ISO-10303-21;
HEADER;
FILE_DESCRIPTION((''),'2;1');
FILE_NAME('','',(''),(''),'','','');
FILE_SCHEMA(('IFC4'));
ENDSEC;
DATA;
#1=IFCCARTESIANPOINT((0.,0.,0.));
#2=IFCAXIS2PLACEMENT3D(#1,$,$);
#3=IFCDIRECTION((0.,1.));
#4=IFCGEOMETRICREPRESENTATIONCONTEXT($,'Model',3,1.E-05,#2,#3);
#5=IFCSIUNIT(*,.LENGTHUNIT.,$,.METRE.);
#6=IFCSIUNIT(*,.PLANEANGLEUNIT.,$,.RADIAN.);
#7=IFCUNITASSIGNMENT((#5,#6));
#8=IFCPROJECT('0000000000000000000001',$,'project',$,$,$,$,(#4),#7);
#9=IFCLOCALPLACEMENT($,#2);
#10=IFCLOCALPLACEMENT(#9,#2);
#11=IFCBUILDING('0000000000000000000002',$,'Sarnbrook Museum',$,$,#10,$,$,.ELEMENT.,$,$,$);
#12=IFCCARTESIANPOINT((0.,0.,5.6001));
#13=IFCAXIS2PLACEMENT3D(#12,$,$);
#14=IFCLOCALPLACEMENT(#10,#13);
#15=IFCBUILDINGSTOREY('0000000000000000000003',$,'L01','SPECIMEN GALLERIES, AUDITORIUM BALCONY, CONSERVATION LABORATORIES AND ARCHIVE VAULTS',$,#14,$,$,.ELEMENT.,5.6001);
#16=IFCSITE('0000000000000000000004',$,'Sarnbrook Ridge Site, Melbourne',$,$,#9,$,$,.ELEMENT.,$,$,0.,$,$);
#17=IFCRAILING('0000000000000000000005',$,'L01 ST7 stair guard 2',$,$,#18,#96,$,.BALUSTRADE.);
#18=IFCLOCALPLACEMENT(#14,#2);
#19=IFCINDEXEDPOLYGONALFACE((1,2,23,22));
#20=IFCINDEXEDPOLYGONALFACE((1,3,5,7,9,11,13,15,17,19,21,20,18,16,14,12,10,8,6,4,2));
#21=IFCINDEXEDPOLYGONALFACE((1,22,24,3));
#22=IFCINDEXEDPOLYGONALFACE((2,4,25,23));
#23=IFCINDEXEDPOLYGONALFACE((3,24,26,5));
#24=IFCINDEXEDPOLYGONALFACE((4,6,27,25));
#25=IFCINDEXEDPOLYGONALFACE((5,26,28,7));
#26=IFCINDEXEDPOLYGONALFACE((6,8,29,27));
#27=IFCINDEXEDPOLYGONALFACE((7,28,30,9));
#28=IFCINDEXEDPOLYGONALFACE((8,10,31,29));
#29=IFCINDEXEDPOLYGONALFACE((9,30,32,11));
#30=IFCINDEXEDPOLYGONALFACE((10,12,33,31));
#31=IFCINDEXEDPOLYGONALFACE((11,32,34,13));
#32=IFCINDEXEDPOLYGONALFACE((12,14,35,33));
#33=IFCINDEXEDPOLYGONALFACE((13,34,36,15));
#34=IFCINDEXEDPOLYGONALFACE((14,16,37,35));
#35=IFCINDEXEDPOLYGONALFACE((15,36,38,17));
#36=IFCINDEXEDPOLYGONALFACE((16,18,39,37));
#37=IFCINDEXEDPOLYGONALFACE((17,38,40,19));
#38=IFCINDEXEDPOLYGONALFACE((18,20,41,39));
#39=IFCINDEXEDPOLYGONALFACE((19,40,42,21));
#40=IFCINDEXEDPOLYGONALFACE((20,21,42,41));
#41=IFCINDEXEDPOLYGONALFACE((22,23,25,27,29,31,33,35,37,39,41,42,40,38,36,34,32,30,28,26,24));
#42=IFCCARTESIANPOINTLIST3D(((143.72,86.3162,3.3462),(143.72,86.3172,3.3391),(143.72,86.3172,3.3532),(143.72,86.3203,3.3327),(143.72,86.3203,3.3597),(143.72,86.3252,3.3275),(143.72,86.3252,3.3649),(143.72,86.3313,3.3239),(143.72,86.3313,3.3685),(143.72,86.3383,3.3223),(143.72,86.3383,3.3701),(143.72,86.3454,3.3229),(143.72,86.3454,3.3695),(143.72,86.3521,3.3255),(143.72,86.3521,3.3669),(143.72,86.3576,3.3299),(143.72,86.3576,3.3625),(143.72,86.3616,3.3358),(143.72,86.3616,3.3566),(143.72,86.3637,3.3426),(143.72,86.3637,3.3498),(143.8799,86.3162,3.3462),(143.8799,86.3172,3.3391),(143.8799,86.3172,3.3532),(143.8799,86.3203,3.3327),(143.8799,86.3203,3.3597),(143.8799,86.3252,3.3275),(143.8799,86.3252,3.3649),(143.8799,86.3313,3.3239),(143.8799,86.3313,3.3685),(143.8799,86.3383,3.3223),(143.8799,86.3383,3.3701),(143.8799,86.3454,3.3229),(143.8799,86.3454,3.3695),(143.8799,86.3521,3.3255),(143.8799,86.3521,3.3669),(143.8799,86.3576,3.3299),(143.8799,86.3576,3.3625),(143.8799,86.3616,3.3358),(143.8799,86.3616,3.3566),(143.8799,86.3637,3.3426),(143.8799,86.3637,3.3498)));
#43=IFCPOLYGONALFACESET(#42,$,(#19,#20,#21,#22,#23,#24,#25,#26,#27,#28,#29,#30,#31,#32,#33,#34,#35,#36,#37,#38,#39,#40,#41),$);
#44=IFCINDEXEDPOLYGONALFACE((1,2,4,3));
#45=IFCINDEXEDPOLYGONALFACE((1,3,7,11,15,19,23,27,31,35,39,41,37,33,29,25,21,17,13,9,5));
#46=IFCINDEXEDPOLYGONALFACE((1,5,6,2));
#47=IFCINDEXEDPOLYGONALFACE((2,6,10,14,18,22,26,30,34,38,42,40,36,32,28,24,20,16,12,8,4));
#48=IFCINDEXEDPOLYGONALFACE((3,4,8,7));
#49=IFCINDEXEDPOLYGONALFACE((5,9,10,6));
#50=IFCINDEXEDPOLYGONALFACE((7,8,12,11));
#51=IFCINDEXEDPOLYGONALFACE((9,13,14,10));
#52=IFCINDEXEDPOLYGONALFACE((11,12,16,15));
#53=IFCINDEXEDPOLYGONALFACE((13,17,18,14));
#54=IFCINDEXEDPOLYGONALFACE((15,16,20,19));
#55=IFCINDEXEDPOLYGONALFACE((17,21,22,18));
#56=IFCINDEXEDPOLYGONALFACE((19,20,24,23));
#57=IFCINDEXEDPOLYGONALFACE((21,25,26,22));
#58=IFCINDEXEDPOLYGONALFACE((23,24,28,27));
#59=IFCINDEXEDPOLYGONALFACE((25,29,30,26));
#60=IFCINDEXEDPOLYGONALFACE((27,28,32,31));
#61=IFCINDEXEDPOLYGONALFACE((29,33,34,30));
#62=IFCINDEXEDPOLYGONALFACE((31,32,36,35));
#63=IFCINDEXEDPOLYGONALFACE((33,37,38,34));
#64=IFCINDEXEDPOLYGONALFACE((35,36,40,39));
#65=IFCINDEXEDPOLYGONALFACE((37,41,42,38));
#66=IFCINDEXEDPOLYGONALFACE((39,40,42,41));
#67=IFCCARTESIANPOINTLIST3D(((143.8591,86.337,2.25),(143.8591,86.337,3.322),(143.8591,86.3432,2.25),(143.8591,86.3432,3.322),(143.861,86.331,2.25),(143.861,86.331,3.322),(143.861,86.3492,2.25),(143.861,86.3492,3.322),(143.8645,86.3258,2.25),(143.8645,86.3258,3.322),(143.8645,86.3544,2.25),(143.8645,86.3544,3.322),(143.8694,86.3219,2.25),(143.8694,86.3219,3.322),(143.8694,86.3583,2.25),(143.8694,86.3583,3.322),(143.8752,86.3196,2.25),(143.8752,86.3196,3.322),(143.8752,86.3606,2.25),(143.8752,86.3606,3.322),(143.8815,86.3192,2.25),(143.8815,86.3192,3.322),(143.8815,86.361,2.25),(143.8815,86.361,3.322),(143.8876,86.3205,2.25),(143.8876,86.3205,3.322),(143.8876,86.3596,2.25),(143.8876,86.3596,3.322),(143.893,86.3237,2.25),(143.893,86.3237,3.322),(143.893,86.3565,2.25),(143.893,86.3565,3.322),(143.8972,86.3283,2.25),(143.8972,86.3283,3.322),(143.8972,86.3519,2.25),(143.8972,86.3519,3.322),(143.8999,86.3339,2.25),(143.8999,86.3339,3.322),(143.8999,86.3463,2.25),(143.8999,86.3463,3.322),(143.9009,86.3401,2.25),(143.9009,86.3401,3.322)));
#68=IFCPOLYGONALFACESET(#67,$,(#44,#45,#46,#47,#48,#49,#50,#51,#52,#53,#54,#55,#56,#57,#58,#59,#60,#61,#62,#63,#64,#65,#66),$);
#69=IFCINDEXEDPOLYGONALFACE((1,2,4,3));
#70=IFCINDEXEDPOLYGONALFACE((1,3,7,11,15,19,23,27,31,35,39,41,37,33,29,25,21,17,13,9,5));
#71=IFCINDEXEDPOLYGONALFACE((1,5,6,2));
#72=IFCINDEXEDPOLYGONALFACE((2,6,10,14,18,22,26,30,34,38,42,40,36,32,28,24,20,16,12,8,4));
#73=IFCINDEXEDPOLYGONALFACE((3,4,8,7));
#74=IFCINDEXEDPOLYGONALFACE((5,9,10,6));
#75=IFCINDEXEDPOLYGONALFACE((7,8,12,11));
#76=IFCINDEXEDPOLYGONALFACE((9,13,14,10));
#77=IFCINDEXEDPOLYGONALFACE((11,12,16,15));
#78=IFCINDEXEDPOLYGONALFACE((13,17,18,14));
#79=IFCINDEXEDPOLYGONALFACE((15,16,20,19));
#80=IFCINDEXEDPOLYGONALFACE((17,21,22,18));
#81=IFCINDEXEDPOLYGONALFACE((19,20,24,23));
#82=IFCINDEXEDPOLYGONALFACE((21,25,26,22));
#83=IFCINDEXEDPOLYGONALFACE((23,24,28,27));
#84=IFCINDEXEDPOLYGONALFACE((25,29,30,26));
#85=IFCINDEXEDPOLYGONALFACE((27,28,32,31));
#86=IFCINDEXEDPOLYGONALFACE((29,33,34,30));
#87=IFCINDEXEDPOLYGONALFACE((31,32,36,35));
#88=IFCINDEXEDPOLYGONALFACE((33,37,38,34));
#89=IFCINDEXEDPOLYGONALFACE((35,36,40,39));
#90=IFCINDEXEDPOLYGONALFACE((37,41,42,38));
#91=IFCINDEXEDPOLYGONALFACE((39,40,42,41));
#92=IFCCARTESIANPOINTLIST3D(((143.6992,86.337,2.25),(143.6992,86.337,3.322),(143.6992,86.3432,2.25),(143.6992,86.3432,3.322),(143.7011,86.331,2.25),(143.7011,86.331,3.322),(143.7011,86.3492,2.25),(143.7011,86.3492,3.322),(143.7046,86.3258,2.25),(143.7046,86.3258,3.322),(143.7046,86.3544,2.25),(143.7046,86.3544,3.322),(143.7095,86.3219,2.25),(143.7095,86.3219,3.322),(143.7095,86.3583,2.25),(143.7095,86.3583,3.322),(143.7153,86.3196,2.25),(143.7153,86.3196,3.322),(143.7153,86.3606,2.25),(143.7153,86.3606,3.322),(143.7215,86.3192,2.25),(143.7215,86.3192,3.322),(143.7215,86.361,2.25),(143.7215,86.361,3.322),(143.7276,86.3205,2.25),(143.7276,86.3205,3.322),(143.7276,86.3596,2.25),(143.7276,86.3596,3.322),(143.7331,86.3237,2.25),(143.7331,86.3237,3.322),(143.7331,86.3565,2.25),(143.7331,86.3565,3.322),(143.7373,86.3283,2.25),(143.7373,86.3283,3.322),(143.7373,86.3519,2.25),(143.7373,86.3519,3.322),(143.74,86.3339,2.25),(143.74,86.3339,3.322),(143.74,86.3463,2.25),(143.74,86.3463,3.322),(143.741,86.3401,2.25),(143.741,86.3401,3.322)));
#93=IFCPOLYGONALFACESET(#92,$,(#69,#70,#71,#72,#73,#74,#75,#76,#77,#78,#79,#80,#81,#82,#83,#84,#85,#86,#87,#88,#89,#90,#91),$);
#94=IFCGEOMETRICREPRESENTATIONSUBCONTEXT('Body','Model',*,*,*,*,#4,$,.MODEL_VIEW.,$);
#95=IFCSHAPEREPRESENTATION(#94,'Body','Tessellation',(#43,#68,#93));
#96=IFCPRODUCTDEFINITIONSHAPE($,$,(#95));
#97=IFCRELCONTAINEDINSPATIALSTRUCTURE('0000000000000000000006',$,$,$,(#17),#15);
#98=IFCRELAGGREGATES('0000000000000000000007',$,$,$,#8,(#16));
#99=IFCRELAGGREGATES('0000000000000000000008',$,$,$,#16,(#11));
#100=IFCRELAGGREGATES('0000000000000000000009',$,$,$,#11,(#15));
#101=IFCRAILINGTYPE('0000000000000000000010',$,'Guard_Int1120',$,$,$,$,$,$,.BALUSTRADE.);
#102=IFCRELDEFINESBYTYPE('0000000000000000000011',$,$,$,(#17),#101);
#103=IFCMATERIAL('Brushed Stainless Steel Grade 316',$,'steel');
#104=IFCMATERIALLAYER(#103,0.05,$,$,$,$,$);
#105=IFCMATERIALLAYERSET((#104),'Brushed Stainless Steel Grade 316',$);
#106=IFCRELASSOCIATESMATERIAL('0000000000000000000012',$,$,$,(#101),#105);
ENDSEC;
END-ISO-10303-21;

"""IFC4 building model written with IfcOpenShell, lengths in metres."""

from ifc_helpers import new_model, si_unit, direction, frame, origin, origin_2d, place, context, subcontext, project, spatial, circle, extrude, material, layer, layer_set, type_object, element, save


model = new_model("IFC4")

# Units and contexts
model_context = context("Model", 3, precision=1e-05, world=origin(), true_north=direction((0.0, 1.0)))
body_context = subcontext(model_context, "Body", "Model", "MODEL_VIEW")
ifc_project = project(units=[si_unit("LENGTHUNIT", "METRE"), si_unit("PLANEANGLEUNIT", "RADIAN")], contexts=[model_context])

# Site, building, storey
site_placement = place(None, origin())
site = spatial("IfcSite", under=ifc_project, at=site_placement, Name="Sarnbrook Ridge Site, Melbourne", CompositionType="ELEMENT", RefElevation=0.0)
building_placement = place(site_placement, origin())
building = spatial("IfcBuilding", under=site, at=building_placement, Name="Sarnbrook Museum", CompositionType="ELEMENT")
storey_placement = place(building_placement, frame((0.0, 0.0, 5.6001)))
storey = spatial("IfcBuildingStorey", under=building, at=storey_placement, Name="L01", Description="SPECIMEN GALLERIES, AUDITORIUM BALCONY, CONSERVATION LABORATORIES AND ARCHIVE VAULTS", CompositionType="ELEMENT", Elevation=5.6001)

# Railing
ifc_material_1 = material(Name="Brushed Stainless Steel Grade 316", Category="steel")
ifc_layer_1 = layer(ifc_material_1, 0.05)
ifc_layer_set_1 = layer_set([ifc_layer_1], Name="Brushed Stainless Steel Grade 316")
railing_type_1 = type_object("IfcRailingType", Name="Guard_Int1120", PredefinedType="BALUSTRADE", material=ifc_layer_set_1)
railing_1_placement = place(storey_placement, frame((143.8799, 86.3401, 2.25)))
element("IfcRailing", 1, at=railing_1_placement, inside=storey, type_object=railing_type_1, Name="L01 ST7 stair guard 2", PredefinedType="BALUSTRADE", context=body_context, shape_type="SweptSolid", body=[
    extrude(circle(Radius=0.0239, at=origin_2d()), frame((0.0, 0.0, 1.0962), z_axis=(-1.0, 0.0, 0.0), x_axis=(0.0, -1.0, 0.0)), (0.0, 0.0, 1.0), 0.1599),
    extrude(circle(Radius=0.021, at=origin_2d()), origin(), (0.0, 0.0, 1.0), 1.072),
    extrude(circle(Radius=0.021, at=origin_2d()), frame((-0.1599, 0.0, 0.0)), (0.0, 0.0, 1.0), 1.072),
])

save(model, "model.ifc")
